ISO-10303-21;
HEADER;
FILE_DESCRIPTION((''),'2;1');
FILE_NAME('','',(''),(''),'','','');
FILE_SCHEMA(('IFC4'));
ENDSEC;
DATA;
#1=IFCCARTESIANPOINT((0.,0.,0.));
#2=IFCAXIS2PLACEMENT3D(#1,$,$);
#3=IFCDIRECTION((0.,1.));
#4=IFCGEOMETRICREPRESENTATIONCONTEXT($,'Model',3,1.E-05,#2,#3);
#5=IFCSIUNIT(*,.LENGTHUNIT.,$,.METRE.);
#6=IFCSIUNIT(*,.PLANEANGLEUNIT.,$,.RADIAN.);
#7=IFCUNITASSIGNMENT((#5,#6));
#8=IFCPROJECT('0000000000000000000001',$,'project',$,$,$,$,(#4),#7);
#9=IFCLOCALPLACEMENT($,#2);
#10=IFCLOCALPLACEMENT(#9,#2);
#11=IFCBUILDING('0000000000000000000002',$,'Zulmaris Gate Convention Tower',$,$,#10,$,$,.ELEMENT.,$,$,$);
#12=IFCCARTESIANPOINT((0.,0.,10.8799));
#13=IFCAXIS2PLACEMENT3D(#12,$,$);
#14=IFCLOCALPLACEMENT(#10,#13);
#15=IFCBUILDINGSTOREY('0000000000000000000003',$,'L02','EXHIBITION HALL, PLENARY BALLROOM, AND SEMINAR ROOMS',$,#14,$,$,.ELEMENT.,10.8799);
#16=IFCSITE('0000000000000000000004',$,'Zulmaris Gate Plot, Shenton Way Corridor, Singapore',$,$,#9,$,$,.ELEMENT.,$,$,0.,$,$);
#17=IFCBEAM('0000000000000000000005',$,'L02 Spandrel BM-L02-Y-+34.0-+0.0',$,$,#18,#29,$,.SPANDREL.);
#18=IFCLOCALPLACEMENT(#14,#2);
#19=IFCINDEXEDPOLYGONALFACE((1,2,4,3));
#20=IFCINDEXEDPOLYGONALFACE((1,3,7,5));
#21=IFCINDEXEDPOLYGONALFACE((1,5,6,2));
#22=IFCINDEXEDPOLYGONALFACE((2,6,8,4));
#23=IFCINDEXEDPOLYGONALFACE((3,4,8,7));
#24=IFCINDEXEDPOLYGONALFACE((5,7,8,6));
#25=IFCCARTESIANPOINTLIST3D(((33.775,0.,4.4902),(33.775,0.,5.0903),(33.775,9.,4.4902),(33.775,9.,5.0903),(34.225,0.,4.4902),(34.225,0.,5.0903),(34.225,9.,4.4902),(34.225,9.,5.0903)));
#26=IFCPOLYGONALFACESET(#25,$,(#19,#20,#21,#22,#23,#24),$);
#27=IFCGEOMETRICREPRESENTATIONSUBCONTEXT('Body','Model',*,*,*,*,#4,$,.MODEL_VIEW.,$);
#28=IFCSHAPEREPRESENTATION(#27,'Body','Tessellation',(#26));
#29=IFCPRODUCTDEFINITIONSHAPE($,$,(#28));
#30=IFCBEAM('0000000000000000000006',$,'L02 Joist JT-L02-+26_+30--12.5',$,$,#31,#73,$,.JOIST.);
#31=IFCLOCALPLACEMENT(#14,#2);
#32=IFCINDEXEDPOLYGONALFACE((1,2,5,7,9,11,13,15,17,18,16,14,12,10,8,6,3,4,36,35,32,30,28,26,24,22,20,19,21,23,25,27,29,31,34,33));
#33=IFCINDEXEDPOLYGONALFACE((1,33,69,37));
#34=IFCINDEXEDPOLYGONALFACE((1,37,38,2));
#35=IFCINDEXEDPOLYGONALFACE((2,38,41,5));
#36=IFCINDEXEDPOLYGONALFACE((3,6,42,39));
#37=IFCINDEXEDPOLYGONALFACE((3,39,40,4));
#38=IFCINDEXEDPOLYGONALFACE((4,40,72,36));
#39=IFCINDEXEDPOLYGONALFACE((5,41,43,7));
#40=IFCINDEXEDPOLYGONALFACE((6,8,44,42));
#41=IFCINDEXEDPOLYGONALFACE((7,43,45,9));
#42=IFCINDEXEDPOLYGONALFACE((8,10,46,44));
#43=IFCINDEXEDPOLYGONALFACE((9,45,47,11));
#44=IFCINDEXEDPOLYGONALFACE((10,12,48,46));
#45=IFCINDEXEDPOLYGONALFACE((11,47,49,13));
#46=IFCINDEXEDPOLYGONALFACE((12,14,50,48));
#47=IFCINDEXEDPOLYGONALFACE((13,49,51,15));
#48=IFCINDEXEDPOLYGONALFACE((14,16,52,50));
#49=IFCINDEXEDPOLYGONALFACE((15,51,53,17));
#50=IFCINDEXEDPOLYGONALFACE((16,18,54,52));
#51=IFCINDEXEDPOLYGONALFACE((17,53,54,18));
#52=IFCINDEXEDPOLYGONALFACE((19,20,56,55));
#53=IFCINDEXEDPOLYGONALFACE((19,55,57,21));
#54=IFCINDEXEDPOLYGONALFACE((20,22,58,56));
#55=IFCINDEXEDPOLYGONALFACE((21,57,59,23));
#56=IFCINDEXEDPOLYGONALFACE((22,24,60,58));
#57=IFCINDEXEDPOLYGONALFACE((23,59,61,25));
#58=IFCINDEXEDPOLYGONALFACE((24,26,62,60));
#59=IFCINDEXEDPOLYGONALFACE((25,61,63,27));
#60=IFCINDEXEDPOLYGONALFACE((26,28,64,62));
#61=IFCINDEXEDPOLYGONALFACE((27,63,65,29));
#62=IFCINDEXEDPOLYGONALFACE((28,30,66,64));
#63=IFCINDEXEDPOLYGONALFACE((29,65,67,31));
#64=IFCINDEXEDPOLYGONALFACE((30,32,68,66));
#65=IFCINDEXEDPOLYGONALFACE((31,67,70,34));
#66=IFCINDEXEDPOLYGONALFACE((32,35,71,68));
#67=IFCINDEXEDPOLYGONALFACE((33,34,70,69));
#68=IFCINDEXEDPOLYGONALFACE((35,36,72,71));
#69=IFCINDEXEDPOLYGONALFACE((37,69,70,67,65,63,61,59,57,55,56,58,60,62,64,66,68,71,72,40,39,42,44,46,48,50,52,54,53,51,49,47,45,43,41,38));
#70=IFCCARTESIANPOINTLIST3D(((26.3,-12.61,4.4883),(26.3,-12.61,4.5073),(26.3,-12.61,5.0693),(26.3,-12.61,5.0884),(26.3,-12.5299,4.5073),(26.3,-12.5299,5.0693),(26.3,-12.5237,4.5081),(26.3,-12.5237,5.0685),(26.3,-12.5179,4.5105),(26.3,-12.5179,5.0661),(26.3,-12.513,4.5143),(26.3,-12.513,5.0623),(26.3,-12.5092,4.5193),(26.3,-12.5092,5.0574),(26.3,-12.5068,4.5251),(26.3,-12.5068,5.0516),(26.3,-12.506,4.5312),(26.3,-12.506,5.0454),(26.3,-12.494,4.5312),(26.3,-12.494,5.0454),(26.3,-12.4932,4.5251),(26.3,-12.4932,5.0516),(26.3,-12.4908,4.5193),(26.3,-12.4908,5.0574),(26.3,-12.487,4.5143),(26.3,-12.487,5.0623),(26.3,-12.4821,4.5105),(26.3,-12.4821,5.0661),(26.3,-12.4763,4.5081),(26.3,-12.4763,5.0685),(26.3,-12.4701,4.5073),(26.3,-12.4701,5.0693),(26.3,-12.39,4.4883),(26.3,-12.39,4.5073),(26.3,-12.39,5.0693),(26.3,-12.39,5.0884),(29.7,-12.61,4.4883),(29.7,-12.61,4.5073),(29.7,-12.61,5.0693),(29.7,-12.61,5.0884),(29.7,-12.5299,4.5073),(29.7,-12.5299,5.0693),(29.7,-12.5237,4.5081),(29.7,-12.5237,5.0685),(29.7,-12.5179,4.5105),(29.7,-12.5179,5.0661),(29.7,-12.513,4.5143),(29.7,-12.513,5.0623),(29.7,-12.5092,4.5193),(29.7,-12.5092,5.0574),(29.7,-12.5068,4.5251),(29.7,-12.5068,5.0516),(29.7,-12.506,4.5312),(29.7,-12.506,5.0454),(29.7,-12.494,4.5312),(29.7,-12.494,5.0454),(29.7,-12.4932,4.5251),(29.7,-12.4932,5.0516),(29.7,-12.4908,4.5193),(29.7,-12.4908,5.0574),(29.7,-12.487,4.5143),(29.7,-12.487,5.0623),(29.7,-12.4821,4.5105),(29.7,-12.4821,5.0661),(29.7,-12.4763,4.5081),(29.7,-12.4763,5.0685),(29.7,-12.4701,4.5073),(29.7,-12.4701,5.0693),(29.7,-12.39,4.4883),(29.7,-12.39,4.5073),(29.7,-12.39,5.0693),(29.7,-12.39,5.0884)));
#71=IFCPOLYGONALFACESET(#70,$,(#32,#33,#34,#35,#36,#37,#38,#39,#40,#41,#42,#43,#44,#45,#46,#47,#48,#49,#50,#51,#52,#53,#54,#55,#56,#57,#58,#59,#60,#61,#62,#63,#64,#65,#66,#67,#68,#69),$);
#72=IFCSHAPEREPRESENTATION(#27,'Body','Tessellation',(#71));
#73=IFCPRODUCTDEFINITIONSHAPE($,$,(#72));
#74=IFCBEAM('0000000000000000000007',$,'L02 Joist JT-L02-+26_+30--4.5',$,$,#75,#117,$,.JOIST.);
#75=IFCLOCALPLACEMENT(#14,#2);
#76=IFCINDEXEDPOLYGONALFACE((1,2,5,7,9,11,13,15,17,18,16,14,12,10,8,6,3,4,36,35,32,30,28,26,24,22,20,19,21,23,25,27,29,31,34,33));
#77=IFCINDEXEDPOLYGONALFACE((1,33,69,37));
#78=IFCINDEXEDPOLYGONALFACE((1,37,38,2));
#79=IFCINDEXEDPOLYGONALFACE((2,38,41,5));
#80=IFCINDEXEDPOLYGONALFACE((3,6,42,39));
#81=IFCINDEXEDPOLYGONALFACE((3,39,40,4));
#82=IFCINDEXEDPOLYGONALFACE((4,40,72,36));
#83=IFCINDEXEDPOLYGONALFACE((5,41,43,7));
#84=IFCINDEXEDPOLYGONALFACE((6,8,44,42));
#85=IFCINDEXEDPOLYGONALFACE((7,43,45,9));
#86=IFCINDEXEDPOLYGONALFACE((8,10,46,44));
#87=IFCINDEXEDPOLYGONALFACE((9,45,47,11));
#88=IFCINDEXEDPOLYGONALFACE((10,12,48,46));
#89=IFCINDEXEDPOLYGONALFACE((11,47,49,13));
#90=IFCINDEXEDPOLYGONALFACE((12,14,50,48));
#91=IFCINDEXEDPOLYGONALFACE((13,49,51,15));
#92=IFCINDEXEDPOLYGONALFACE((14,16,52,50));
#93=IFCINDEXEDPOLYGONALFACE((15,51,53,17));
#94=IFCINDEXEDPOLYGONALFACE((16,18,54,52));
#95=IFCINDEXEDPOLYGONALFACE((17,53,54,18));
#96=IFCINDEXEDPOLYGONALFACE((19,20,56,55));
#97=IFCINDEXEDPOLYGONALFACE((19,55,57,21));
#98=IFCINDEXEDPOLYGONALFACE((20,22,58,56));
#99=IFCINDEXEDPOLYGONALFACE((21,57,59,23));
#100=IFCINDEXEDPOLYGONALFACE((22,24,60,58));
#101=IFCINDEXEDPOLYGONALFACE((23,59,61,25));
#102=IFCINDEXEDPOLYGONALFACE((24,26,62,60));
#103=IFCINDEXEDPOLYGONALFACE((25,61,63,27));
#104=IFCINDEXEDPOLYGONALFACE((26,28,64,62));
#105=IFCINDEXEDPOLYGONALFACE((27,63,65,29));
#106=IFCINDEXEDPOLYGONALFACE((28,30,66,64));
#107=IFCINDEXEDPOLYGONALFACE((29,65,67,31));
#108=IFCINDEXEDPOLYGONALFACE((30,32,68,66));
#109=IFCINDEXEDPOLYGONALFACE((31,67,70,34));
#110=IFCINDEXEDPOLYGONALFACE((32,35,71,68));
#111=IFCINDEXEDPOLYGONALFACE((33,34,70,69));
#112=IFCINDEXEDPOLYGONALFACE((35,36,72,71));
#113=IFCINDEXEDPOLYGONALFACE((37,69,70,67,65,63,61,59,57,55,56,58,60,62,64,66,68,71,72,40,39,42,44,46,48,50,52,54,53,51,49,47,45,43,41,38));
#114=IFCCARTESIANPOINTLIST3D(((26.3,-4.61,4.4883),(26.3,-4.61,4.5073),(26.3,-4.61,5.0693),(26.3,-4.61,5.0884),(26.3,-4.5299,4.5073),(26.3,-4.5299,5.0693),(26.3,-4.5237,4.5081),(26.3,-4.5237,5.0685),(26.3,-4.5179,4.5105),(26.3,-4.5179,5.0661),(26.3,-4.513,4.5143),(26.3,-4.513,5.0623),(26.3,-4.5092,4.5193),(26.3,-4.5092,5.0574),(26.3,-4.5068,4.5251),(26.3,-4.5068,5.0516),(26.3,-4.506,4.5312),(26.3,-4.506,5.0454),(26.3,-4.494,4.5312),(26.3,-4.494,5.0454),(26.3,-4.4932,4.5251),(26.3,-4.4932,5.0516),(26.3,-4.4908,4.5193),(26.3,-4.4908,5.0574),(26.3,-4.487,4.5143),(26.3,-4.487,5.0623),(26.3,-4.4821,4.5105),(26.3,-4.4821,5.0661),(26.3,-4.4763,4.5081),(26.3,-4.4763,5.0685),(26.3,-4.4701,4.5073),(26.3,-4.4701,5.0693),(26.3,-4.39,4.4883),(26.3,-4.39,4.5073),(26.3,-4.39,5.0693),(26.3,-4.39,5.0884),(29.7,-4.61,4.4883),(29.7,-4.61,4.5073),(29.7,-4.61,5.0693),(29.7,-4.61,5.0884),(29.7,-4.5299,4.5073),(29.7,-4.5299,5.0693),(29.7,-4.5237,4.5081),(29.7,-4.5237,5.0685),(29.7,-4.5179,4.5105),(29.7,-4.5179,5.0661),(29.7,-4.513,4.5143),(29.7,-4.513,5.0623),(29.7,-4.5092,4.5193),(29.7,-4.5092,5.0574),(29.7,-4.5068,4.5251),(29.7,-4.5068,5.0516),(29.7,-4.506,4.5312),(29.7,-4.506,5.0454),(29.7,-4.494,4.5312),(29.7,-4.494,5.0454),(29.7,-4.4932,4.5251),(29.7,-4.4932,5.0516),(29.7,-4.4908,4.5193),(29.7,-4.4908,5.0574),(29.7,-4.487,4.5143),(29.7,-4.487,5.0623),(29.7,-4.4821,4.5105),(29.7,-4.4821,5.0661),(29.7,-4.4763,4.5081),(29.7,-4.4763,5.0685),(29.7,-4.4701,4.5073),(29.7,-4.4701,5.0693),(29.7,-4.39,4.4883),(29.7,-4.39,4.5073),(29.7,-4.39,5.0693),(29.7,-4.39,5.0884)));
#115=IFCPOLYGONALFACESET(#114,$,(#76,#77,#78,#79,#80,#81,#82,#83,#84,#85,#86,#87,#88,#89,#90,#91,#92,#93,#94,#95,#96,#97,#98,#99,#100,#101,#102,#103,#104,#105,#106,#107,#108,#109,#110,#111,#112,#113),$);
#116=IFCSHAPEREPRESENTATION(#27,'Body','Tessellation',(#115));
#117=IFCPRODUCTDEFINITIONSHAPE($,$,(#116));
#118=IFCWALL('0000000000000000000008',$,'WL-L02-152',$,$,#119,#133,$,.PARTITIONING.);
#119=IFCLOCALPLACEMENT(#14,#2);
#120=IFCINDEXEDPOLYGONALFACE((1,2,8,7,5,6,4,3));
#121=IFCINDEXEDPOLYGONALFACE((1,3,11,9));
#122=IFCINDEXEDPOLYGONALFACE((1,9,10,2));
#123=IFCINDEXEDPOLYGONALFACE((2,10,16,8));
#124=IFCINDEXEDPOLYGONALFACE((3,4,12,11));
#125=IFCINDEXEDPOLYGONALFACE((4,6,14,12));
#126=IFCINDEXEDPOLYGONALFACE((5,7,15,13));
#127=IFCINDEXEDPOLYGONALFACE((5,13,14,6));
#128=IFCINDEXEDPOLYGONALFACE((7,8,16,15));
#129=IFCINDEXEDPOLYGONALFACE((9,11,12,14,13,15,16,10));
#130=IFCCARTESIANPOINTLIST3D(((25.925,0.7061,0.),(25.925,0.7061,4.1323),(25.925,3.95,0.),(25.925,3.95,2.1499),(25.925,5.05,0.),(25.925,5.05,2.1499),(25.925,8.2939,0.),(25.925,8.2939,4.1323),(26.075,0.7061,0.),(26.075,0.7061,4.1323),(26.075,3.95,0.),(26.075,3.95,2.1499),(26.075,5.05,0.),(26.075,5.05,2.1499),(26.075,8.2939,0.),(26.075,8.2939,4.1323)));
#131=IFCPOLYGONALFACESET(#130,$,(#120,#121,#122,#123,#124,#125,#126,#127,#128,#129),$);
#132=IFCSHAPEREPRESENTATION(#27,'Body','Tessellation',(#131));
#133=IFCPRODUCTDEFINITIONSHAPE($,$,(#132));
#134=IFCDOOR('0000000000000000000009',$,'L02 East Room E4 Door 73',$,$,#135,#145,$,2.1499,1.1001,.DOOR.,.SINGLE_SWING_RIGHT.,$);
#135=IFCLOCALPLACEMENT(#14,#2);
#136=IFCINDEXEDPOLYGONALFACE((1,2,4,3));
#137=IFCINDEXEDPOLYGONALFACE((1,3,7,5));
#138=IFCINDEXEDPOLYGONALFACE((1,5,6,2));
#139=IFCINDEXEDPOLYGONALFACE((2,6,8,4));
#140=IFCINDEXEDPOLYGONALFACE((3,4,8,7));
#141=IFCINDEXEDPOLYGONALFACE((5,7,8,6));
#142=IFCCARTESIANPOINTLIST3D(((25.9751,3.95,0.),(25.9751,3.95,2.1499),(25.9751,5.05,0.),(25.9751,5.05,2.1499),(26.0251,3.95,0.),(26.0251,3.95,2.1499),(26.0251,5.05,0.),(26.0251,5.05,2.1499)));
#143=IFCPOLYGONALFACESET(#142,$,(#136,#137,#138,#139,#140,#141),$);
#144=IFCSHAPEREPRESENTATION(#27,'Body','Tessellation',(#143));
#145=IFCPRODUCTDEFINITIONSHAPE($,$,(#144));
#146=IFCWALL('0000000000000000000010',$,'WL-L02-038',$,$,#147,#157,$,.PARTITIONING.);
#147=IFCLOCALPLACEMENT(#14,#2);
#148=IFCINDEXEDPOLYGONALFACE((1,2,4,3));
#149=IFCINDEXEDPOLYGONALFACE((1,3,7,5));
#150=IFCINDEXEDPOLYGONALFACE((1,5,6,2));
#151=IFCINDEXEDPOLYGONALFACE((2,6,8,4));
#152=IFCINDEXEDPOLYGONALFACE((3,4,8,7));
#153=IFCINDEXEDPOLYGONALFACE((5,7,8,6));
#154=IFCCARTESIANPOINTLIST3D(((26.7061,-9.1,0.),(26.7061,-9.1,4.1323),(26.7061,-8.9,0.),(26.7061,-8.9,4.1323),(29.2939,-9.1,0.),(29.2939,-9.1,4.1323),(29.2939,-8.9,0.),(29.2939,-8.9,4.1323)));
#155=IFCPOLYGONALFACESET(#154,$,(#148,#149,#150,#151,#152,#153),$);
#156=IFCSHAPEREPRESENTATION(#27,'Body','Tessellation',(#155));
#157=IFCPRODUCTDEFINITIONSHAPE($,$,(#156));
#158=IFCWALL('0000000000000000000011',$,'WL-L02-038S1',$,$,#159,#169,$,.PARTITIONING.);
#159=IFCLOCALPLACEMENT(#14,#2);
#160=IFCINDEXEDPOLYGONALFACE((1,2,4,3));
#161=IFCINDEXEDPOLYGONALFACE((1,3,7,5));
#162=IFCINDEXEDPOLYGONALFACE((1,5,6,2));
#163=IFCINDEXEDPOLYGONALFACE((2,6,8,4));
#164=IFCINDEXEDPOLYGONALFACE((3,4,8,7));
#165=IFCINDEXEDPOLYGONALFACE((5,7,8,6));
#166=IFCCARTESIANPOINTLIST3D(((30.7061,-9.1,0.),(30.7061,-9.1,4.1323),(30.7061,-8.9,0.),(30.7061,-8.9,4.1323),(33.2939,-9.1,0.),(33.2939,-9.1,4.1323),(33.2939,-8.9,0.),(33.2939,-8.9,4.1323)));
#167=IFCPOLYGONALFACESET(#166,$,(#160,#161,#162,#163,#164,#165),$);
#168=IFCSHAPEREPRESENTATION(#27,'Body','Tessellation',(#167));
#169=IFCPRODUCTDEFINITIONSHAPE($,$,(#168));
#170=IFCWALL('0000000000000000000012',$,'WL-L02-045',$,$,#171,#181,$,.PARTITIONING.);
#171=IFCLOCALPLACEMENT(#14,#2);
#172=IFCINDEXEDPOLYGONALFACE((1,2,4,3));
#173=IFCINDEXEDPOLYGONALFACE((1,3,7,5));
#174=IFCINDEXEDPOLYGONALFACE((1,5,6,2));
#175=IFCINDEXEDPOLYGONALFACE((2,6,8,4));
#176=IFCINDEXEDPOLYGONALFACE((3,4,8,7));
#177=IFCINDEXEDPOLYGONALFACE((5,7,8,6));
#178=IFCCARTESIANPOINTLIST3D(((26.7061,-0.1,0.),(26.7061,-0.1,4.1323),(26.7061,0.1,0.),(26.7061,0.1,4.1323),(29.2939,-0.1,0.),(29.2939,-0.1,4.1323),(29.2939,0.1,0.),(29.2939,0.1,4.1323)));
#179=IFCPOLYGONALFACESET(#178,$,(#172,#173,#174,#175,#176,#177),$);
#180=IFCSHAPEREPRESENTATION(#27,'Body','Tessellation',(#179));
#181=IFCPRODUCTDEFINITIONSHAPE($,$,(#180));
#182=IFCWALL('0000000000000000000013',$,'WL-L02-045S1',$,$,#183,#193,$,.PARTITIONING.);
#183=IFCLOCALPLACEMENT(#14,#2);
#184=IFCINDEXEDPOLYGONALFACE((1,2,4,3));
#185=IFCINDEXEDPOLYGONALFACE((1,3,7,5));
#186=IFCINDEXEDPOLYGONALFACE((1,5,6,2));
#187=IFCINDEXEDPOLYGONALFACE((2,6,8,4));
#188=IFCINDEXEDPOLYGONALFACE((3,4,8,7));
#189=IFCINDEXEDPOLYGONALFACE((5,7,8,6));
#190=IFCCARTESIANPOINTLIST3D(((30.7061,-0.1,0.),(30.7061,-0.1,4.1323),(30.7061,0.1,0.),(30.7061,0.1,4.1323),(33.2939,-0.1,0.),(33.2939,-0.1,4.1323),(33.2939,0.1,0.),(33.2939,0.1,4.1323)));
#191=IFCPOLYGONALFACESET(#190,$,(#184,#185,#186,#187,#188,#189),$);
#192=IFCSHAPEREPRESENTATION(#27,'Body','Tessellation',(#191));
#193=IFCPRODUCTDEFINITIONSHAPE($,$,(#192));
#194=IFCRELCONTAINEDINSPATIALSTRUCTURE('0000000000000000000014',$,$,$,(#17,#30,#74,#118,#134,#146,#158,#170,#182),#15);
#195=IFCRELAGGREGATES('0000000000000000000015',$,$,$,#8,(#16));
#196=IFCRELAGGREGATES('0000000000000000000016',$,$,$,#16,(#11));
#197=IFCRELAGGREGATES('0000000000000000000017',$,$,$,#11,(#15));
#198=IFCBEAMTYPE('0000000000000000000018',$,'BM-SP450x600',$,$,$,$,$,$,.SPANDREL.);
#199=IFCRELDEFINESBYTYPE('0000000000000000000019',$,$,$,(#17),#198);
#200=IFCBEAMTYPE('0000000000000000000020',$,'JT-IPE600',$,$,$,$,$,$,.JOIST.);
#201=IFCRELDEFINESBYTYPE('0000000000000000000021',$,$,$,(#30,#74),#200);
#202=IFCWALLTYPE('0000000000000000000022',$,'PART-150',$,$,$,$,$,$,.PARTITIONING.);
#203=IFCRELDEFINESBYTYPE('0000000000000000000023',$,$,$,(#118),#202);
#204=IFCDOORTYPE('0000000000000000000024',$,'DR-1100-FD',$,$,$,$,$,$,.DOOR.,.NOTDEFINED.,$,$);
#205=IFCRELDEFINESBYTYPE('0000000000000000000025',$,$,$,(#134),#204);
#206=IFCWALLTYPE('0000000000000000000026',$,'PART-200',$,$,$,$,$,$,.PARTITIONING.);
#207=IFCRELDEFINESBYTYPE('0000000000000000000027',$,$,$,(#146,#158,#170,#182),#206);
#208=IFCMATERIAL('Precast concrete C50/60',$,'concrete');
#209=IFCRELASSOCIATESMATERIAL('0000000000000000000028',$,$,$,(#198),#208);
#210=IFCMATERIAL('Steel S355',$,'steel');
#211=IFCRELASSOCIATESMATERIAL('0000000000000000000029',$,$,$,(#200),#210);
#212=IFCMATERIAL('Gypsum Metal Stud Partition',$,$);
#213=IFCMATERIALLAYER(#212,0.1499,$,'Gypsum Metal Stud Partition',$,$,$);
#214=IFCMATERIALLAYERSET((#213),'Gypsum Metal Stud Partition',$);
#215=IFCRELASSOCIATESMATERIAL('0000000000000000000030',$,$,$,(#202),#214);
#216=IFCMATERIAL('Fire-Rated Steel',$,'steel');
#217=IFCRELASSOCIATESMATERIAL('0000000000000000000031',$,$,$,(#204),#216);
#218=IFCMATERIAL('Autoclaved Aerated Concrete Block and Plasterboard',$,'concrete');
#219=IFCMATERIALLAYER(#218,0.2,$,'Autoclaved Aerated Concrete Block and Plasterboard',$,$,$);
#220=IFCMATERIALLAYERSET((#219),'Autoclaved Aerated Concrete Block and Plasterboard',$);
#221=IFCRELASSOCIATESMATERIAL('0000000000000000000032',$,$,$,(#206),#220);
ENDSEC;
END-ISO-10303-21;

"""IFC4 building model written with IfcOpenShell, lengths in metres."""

from ifc_helpers import new_model, si_unit, direction, frame, frame_2d, origin, origin_2d, place, context, subcontext, project, spatial, rectangle, i_section, extrude, material, layer, layer_set, material_profile, profile_set, type_object, element, fill, save


model = new_model("IFC4")

# Units and contexts
model_context = context("Model", 3, precision=1e-05, world=origin(), true_north=direction((0.0, 1.0)))
body_context = subcontext(model_context, "Body", "Model", "MODEL_VIEW")
ifc_project = project(units=[si_unit("LENGTHUNIT", "METRE"), si_unit("PLANEANGLEUNIT", "RADIAN")], contexts=[model_context])

# Site, building, storey
site_placement = place(None, origin())
site = spatial("IfcSite", under=ifc_project, at=site_placement, Name="Zulmaris Gate Plot, Shenton Way Corridor, Singapore", CompositionType="ELEMENT", RefElevation=0.0)
building_placement = place(site_placement, origin())
building = spatial("IfcBuilding", under=site, at=building_placement, Name="Zulmaris Gate Convention Tower", CompositionType="ELEMENT")
storey_placement = place(building_placement, frame((0.0, 0.0, 10.8799)))
storey = spatial("IfcBuildingStorey", under=building, at=storey_placement, Name="L02", Description="EXHIBITION HALL, PLENARY BALLROOM, AND SEMINAR ROOMS", CompositionType="ELEMENT", Elevation=10.8799)

# Beams
ifc_material_1 = material(Name="Precast concrete C50/60", Category="concrete")
ifc_material_profile_1 = material_profile(ifc_material_1, rectangle(XDim=0.45, YDim=0.6001, at=origin_2d()), Name="RC SPANDREL 450x600")
ifc_profile_set_1 = profile_set([ifc_material_profile_1], Name="Precast concrete C50/60")
beam_type_1 = type_object("IfcBeamType", Name="BM-SP450x600", PredefinedType="SPANDREL", material=ifc_profile_set_1)
for number, where, z_axis, x_axis, name in (
    (1, (34.0, 0.0, 4.7903), (0.0, 1.0, 0.0), (-1.0, 0.0, 0.0), "L02 Spandrel BM-L02-Y-+34.0-+0.0"),
):
    element("IfcBeam", number, at=place(storey_placement, frame(where, z_axis=z_axis, x_axis=x_axis)), inside=storey, type_object=beam_type_1, Name=name, PredefinedType="SPANDREL", context=body_context, shape_type="SweptSolid", body=[
        extrude(rectangle(XDim=0.45, YDim=0.6001, at=origin_2d()), origin(), (0.0, 0.0, 1.0), 9.0),
    ])
ifc_material_2 = material(Name="Steel S355", Category="steel")
ifc_material_profile_2 = material_profile(ifc_material_2, i_section(OverallWidth=0.22, OverallDepth=0.6001, WebThickness=0.012, FlangeThickness=0.019, FilletRadius=0.0239, at=origin_2d()), Name="IPE 600")
ifc_profile_set_2 = profile_set([ifc_material_profile_2], Name="Steel S355")
beam_type_2 = type_object("IfcBeamType", Name="JT-IPE600", PredefinedType="JOIST", material=ifc_profile_set_2)
for number, where, z_axis, x_axis, name in (
    (2, (26.3, -12.5, 4.7883), (1.0, 0.0, 0.0), (0.0, 1.0, 0.0), "L02 Joist JT-L02-+26_+30--12.5"),
    (3, (26.3, -4.5, 4.7883), (1.0, 0.0, 0.0), (0.0, 1.0, 0.0), "L02 Joist JT-L02-+26_+30--4.5"),
):
    element("IfcBeam", number, at=place(storey_placement, frame(where, z_axis=z_axis, x_axis=x_axis)), inside=storey, type_object=beam_type_2, Name=name, PredefinedType="JOIST", context=body_context, shape_type="SweptSolid", body=[
        extrude(i_section(OverallWidth=0.22, OverallDepth=0.6001, WebThickness=0.012, FlangeThickness=0.019, FilletRadius=0.0239, at=origin_2d()), origin(), (0.0, 0.0, 1.0), 3.3999),
    ])

# Wall, opening, door
ifc_material_3 = material(Name="Gypsum Metal Stud Partition")
ifc_layer_1 = layer(ifc_material_3, 0.1499, Name="Gypsum Metal Stud Partition")
ifc_layer_set_1 = layer_set([ifc_layer_1], Name="Gypsum Metal Stud Partition")
wall_type_1 = type_object("IfcWallType", Name="PART-150", PredefinedType="PARTITIONING", material=ifc_layer_set_1)
ifc_material_4 = material(Name="Fire-Rated Steel", Category="steel")
door_type = type_object("IfcDoorType", Name="DR-1100-FD", OperationType="NOTDEFINED", PredefinedType="DOOR", material=ifc_material_4)
wall_1_placement = place(storey_placement, frame((26.0, 0.7061, 0.0), z_axis=(0.0, 0.0, 1.0), x_axis=(0.0, 1.0, 0.0)))
wall_1 = element("IfcWall", 4, at=wall_1_placement, inside=storey, type_object=wall_type_1, Name="WL-L02-152", PredefinedType="PARTITIONING", context=body_context, shape_type="SweptSolid", body=[
    extrude(rectangle(XDim=7.5879, YDim=0.1499, at=frame_2d((3.7939, 0.0))), origin(), (0.0, 0.0, 1.0), 4.1323),
])
opening_1_placement = place(wall_1_placement, frame((3.2439, 0.0, 0.0)))
opening_1 = element("IfcOpeningElement", 5, at=opening_1_placement, cuts=wall_1, PredefinedType="OPENING", context=body_context, shape_type="SweptSolid", body=[
    extrude(rectangle(XDim=1.1001, YDim=2.1499, at=frame_2d((0.55, 1.075))), frame((0.0, 0.085, 0.0), z_axis=(0.0, -1.0, 0.0), x_axis=(1.0, 0.0, 0.0)), (0.0, 0.0, 1.0), 0.1699),
])
door_1_placement = place(opening_1_placement, origin())
door_1 = element("IfcDoor", 6, at=door_1_placement, inside=storey, type_object=door_type, Name="L02 East Room E4 Door 73", OperationType="SINGLE_SWING_RIGHT", OverallHeight=2.1499, OverallWidth=1.1001, PredefinedType="DOOR", context=body_context, shape_type="SweptSolid", body=[
    extrude(rectangle(XDim=1.1001, YDim=2.1499, at=frame_2d((0.55, 1.075))), frame((0.0, 0.0249, 0.0), z_axis=(0.0, -1.0, 0.0), x_axis=(1.0, 0.0, 0.0)), (0.0, 0.0, 1.0), 0.05),
])
fill(opening_1, door_1)

# Walls
ifc_material_5 = material(Name="Autoclaved Aerated Concrete Block and Plasterboard", Category="concrete")
ifc_layer_2 = layer(ifc_material_5, 0.2, Name="Autoclaved Aerated Concrete Block and Plasterboard")
ifc_layer_set_2 = layer_set([ifc_layer_2], Name="Autoclaved Aerated Concrete Block and Plasterboard")
wall_type_2 = type_object("IfcWallType", Name="PART-200", PredefinedType="PARTITIONING", material=ifc_layer_set_2)
for number, where, z_axis, x_axis, name in (
    (7, (26.7061, -9.0, 0.0), (0.0, 0.0, 1.0), (1.0, 0.0, 0.0), "WL-L02-038"),
    (8, (30.7061, -9.0, 0.0), (0.0, 0.0, 1.0), (1.0, 0.0, 0.0), "WL-L02-038S1"),
    (9, (26.7061, 0.0, 0.0), (0.0, 0.0, 1.0), (1.0, 0.0, 0.0), "WL-L02-045"),
    (10, (30.7061, 0.0, 0.0), (0.0, 0.0, 1.0), (1.0, 0.0, 0.0), "WL-L02-045S1"),
):
    element("IfcWall", number, at=place(storey_placement, frame(where, z_axis=z_axis, x_axis=x_axis)), inside=storey, type_object=wall_type_2, Name=name, PredefinedType="PARTITIONING", context=body_context, shape_type="SweptSolid", body=[
        extrude(rectangle(XDim=2.5879, YDim=0.2, at=frame_2d((1.2939, 0.0))), origin(), (0.0, 0.0, 1.0), 4.1323),
    ])

save(model, "model.ifc")
